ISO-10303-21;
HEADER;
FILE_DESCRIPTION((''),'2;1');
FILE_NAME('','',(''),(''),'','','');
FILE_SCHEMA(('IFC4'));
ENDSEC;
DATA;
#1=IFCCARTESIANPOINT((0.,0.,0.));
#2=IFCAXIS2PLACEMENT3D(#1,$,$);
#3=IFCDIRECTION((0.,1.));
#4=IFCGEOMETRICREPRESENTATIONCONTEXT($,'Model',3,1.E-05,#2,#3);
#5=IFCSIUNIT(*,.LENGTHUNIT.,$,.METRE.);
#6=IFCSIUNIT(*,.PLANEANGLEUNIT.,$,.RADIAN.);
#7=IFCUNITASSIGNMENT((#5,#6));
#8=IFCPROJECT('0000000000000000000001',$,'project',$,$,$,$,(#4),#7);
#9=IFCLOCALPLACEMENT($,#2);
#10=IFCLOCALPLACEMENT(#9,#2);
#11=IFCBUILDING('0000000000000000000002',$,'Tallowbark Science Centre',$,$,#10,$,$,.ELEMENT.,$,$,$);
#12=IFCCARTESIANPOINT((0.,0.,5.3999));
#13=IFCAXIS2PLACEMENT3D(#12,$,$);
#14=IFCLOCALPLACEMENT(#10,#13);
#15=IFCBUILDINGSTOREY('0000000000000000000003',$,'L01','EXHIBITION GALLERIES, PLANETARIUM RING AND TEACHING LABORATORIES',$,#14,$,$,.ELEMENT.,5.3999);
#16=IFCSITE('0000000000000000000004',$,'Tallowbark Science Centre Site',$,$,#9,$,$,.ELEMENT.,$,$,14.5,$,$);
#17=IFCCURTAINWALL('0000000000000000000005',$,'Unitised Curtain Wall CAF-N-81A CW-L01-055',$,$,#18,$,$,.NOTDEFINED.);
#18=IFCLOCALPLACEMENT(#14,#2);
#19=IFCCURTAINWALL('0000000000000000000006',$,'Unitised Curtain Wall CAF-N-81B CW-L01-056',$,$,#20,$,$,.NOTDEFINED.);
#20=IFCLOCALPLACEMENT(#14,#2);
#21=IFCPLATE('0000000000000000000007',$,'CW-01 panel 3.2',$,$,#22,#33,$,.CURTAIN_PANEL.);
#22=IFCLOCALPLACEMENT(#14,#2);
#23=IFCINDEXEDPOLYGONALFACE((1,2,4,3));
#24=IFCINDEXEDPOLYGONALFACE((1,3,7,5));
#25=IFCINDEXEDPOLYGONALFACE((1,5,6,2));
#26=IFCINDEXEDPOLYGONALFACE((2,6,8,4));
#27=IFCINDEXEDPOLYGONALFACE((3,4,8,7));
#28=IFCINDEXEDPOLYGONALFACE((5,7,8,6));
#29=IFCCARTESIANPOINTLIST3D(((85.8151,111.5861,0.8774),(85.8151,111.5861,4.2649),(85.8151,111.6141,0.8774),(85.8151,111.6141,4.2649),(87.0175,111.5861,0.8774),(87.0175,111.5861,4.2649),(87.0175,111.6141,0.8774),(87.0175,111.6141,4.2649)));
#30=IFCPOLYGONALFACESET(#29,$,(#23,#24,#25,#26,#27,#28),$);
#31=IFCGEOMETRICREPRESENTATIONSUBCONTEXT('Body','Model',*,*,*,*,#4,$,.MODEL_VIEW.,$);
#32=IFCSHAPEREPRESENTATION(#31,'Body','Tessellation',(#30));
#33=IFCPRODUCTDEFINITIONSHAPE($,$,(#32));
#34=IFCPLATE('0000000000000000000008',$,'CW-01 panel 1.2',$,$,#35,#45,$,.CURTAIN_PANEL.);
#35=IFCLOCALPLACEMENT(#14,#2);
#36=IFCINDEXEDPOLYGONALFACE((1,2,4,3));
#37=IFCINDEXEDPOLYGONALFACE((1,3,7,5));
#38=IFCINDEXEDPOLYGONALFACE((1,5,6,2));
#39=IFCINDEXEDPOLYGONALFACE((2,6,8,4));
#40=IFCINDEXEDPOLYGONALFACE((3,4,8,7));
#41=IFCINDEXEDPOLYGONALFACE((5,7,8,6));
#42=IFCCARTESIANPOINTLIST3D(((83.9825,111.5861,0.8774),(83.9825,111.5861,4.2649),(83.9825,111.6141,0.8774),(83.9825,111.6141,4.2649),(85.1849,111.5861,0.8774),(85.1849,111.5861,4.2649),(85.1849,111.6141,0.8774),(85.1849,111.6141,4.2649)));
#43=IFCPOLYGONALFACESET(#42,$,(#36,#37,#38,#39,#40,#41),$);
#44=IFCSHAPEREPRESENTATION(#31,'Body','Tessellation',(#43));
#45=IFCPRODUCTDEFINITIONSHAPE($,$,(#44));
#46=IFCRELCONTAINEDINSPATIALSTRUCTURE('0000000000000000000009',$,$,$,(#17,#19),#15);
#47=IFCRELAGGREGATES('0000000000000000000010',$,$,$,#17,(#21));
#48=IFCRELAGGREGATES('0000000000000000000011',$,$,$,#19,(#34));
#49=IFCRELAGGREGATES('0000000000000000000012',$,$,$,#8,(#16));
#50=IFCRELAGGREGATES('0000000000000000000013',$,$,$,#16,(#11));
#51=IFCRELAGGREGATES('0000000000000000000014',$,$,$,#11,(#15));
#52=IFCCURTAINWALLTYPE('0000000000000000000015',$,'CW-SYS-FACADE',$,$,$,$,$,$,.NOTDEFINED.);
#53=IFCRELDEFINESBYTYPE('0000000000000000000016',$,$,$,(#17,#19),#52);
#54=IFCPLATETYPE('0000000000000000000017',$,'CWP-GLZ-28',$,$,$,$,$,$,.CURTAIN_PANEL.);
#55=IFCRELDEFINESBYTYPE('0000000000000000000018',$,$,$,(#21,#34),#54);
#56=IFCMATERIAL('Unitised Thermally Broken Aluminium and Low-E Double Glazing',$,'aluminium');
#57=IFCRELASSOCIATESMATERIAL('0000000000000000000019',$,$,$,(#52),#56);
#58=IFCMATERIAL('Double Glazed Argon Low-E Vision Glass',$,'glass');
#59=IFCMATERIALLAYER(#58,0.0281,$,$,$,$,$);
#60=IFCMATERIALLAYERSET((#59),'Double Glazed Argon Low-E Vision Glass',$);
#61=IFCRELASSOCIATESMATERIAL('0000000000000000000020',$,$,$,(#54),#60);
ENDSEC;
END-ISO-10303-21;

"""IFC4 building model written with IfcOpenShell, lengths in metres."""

from ifc_helpers import new_model, si_unit, direction, frame, origin, origin_2d, place, context, subcontext, project, spatial, rectangle, extrude, material, layer, layer_set, type_object, element, aggregate, save


model = new_model("IFC4")

# Units and contexts
model_context = context("Model", 3, precision=1e-05, world=origin(), true_north=direction((0.0, 1.0)))
body_context = subcontext(model_context, "Body", "Model", "MODEL_VIEW")
ifc_project = project(units=[si_unit("LENGTHUNIT", "METRE"), si_unit("PLANEANGLEUNIT", "RADIAN")], contexts=[model_context])

# Site, building, storey
site_placement = place(None, origin())
site = spatial("IfcSite", under=ifc_project, at=site_placement, Name="Tallowbark Science Centre Site", CompositionType="ELEMENT", RefElevation=14.5)
building_placement = place(site_placement, origin())
building = spatial("IfcBuilding", under=site, at=building_placement, Name="Tallowbark Science Centre", CompositionType="ELEMENT")
storey_placement = place(building_placement, frame((0.0, 0.0, 5.3999)))
storey = spatial("IfcBuildingStorey", under=building, at=storey_placement, Name="L01", Description="EXHIBITION GALLERIES, PLANETARIUM RING AND TEACHING LABORATORIES", CompositionType="ELEMENT", Elevation=5.3999)

# Curtain wall
ifc_material_1 = material(Name="Unitised Thermally Broken Aluminium and Low-E Double Glazing", Category="aluminium")
curtain_wall_type = type_object("IfcCurtainWallType", Name="CW-SYS-FACADE", PredefinedType="NOTDEFINED", material=ifc_material_1)
curtain_wall_1_placement = place(storey_placement, origin())
curtain_wall_1 = element("IfcCurtainWall", 1, at=curtain_wall_1_placement, inside=storey, type_object=curtain_wall_type, Name="Unitised Curtain Wall CAF-N-81A CW-L01-055", PredefinedType="NOTDEFINED")

# Curtain wall
curtain_wall_2_placement = place(storey_placement, origin())
curtain_wall_2 = element("IfcCurtainWall", 2, at=curtain_wall_2_placement, inside=storey, type_object=curtain_wall_type, Name="Unitised Curtain Wall CAF-N-81B CW-L01-056", PredefinedType="NOTDEFINED")

# Plates
ifc_material_2 = material(Name="Double Glazed Argon Low-E Vision Glass", Category="glass")
ifc_layer = layer(ifc_material_2, 0.0281)
ifc_layer_set = layer_set([ifc_layer], Name="Double Glazed Argon Low-E Vision Glass")
plate_type = type_object("IfcPlateType", Name="CWP-GLZ-28", PredefinedType="CURTAIN_PANEL", material=ifc_layer_set)
plate_1_placement = place(storey_placement, frame((86.4163, 111.6001, 0.8774), z_axis=(0.0, 0.0, 1.0), x_axis=(-1.0, 0.0, 0.0)))
plate_1 = element("IfcPlate", 3, at=plate_1_placement, type_object=plate_type, Name="CW-01 panel 3.2", PredefinedType="CURTAIN_PANEL", context=body_context, shape_type="SweptSolid", body=[
    extrude(rectangle(XDim=1.2024, YDim=0.0281, at=origin_2d()), origin(), (0.0, 0.0, 1.0), 3.3875),
])
aggregate(curtain_wall_1, [plate_1])
plate_2_placement = place(storey_placement, frame((84.5837, 111.6001, 0.8774), z_axis=(0.0, 0.0, 1.0), x_axis=(-1.0, 0.0, 0.0)))
plate_2 = element("IfcPlate", 4, at=plate_2_placement, type_object=plate_type, Name="CW-01 panel 1.2", PredefinedType="CURTAIN_PANEL", context=body_context, shape_type="SweptSolid", body=[
    extrude(rectangle(XDim=1.2024, YDim=0.0281, at=origin_2d()), origin(), (0.0, 0.0, 1.0), 3.3875),
])
aggregate(curtain_wall_2, [plate_2])

save(model, "model.ifc")
